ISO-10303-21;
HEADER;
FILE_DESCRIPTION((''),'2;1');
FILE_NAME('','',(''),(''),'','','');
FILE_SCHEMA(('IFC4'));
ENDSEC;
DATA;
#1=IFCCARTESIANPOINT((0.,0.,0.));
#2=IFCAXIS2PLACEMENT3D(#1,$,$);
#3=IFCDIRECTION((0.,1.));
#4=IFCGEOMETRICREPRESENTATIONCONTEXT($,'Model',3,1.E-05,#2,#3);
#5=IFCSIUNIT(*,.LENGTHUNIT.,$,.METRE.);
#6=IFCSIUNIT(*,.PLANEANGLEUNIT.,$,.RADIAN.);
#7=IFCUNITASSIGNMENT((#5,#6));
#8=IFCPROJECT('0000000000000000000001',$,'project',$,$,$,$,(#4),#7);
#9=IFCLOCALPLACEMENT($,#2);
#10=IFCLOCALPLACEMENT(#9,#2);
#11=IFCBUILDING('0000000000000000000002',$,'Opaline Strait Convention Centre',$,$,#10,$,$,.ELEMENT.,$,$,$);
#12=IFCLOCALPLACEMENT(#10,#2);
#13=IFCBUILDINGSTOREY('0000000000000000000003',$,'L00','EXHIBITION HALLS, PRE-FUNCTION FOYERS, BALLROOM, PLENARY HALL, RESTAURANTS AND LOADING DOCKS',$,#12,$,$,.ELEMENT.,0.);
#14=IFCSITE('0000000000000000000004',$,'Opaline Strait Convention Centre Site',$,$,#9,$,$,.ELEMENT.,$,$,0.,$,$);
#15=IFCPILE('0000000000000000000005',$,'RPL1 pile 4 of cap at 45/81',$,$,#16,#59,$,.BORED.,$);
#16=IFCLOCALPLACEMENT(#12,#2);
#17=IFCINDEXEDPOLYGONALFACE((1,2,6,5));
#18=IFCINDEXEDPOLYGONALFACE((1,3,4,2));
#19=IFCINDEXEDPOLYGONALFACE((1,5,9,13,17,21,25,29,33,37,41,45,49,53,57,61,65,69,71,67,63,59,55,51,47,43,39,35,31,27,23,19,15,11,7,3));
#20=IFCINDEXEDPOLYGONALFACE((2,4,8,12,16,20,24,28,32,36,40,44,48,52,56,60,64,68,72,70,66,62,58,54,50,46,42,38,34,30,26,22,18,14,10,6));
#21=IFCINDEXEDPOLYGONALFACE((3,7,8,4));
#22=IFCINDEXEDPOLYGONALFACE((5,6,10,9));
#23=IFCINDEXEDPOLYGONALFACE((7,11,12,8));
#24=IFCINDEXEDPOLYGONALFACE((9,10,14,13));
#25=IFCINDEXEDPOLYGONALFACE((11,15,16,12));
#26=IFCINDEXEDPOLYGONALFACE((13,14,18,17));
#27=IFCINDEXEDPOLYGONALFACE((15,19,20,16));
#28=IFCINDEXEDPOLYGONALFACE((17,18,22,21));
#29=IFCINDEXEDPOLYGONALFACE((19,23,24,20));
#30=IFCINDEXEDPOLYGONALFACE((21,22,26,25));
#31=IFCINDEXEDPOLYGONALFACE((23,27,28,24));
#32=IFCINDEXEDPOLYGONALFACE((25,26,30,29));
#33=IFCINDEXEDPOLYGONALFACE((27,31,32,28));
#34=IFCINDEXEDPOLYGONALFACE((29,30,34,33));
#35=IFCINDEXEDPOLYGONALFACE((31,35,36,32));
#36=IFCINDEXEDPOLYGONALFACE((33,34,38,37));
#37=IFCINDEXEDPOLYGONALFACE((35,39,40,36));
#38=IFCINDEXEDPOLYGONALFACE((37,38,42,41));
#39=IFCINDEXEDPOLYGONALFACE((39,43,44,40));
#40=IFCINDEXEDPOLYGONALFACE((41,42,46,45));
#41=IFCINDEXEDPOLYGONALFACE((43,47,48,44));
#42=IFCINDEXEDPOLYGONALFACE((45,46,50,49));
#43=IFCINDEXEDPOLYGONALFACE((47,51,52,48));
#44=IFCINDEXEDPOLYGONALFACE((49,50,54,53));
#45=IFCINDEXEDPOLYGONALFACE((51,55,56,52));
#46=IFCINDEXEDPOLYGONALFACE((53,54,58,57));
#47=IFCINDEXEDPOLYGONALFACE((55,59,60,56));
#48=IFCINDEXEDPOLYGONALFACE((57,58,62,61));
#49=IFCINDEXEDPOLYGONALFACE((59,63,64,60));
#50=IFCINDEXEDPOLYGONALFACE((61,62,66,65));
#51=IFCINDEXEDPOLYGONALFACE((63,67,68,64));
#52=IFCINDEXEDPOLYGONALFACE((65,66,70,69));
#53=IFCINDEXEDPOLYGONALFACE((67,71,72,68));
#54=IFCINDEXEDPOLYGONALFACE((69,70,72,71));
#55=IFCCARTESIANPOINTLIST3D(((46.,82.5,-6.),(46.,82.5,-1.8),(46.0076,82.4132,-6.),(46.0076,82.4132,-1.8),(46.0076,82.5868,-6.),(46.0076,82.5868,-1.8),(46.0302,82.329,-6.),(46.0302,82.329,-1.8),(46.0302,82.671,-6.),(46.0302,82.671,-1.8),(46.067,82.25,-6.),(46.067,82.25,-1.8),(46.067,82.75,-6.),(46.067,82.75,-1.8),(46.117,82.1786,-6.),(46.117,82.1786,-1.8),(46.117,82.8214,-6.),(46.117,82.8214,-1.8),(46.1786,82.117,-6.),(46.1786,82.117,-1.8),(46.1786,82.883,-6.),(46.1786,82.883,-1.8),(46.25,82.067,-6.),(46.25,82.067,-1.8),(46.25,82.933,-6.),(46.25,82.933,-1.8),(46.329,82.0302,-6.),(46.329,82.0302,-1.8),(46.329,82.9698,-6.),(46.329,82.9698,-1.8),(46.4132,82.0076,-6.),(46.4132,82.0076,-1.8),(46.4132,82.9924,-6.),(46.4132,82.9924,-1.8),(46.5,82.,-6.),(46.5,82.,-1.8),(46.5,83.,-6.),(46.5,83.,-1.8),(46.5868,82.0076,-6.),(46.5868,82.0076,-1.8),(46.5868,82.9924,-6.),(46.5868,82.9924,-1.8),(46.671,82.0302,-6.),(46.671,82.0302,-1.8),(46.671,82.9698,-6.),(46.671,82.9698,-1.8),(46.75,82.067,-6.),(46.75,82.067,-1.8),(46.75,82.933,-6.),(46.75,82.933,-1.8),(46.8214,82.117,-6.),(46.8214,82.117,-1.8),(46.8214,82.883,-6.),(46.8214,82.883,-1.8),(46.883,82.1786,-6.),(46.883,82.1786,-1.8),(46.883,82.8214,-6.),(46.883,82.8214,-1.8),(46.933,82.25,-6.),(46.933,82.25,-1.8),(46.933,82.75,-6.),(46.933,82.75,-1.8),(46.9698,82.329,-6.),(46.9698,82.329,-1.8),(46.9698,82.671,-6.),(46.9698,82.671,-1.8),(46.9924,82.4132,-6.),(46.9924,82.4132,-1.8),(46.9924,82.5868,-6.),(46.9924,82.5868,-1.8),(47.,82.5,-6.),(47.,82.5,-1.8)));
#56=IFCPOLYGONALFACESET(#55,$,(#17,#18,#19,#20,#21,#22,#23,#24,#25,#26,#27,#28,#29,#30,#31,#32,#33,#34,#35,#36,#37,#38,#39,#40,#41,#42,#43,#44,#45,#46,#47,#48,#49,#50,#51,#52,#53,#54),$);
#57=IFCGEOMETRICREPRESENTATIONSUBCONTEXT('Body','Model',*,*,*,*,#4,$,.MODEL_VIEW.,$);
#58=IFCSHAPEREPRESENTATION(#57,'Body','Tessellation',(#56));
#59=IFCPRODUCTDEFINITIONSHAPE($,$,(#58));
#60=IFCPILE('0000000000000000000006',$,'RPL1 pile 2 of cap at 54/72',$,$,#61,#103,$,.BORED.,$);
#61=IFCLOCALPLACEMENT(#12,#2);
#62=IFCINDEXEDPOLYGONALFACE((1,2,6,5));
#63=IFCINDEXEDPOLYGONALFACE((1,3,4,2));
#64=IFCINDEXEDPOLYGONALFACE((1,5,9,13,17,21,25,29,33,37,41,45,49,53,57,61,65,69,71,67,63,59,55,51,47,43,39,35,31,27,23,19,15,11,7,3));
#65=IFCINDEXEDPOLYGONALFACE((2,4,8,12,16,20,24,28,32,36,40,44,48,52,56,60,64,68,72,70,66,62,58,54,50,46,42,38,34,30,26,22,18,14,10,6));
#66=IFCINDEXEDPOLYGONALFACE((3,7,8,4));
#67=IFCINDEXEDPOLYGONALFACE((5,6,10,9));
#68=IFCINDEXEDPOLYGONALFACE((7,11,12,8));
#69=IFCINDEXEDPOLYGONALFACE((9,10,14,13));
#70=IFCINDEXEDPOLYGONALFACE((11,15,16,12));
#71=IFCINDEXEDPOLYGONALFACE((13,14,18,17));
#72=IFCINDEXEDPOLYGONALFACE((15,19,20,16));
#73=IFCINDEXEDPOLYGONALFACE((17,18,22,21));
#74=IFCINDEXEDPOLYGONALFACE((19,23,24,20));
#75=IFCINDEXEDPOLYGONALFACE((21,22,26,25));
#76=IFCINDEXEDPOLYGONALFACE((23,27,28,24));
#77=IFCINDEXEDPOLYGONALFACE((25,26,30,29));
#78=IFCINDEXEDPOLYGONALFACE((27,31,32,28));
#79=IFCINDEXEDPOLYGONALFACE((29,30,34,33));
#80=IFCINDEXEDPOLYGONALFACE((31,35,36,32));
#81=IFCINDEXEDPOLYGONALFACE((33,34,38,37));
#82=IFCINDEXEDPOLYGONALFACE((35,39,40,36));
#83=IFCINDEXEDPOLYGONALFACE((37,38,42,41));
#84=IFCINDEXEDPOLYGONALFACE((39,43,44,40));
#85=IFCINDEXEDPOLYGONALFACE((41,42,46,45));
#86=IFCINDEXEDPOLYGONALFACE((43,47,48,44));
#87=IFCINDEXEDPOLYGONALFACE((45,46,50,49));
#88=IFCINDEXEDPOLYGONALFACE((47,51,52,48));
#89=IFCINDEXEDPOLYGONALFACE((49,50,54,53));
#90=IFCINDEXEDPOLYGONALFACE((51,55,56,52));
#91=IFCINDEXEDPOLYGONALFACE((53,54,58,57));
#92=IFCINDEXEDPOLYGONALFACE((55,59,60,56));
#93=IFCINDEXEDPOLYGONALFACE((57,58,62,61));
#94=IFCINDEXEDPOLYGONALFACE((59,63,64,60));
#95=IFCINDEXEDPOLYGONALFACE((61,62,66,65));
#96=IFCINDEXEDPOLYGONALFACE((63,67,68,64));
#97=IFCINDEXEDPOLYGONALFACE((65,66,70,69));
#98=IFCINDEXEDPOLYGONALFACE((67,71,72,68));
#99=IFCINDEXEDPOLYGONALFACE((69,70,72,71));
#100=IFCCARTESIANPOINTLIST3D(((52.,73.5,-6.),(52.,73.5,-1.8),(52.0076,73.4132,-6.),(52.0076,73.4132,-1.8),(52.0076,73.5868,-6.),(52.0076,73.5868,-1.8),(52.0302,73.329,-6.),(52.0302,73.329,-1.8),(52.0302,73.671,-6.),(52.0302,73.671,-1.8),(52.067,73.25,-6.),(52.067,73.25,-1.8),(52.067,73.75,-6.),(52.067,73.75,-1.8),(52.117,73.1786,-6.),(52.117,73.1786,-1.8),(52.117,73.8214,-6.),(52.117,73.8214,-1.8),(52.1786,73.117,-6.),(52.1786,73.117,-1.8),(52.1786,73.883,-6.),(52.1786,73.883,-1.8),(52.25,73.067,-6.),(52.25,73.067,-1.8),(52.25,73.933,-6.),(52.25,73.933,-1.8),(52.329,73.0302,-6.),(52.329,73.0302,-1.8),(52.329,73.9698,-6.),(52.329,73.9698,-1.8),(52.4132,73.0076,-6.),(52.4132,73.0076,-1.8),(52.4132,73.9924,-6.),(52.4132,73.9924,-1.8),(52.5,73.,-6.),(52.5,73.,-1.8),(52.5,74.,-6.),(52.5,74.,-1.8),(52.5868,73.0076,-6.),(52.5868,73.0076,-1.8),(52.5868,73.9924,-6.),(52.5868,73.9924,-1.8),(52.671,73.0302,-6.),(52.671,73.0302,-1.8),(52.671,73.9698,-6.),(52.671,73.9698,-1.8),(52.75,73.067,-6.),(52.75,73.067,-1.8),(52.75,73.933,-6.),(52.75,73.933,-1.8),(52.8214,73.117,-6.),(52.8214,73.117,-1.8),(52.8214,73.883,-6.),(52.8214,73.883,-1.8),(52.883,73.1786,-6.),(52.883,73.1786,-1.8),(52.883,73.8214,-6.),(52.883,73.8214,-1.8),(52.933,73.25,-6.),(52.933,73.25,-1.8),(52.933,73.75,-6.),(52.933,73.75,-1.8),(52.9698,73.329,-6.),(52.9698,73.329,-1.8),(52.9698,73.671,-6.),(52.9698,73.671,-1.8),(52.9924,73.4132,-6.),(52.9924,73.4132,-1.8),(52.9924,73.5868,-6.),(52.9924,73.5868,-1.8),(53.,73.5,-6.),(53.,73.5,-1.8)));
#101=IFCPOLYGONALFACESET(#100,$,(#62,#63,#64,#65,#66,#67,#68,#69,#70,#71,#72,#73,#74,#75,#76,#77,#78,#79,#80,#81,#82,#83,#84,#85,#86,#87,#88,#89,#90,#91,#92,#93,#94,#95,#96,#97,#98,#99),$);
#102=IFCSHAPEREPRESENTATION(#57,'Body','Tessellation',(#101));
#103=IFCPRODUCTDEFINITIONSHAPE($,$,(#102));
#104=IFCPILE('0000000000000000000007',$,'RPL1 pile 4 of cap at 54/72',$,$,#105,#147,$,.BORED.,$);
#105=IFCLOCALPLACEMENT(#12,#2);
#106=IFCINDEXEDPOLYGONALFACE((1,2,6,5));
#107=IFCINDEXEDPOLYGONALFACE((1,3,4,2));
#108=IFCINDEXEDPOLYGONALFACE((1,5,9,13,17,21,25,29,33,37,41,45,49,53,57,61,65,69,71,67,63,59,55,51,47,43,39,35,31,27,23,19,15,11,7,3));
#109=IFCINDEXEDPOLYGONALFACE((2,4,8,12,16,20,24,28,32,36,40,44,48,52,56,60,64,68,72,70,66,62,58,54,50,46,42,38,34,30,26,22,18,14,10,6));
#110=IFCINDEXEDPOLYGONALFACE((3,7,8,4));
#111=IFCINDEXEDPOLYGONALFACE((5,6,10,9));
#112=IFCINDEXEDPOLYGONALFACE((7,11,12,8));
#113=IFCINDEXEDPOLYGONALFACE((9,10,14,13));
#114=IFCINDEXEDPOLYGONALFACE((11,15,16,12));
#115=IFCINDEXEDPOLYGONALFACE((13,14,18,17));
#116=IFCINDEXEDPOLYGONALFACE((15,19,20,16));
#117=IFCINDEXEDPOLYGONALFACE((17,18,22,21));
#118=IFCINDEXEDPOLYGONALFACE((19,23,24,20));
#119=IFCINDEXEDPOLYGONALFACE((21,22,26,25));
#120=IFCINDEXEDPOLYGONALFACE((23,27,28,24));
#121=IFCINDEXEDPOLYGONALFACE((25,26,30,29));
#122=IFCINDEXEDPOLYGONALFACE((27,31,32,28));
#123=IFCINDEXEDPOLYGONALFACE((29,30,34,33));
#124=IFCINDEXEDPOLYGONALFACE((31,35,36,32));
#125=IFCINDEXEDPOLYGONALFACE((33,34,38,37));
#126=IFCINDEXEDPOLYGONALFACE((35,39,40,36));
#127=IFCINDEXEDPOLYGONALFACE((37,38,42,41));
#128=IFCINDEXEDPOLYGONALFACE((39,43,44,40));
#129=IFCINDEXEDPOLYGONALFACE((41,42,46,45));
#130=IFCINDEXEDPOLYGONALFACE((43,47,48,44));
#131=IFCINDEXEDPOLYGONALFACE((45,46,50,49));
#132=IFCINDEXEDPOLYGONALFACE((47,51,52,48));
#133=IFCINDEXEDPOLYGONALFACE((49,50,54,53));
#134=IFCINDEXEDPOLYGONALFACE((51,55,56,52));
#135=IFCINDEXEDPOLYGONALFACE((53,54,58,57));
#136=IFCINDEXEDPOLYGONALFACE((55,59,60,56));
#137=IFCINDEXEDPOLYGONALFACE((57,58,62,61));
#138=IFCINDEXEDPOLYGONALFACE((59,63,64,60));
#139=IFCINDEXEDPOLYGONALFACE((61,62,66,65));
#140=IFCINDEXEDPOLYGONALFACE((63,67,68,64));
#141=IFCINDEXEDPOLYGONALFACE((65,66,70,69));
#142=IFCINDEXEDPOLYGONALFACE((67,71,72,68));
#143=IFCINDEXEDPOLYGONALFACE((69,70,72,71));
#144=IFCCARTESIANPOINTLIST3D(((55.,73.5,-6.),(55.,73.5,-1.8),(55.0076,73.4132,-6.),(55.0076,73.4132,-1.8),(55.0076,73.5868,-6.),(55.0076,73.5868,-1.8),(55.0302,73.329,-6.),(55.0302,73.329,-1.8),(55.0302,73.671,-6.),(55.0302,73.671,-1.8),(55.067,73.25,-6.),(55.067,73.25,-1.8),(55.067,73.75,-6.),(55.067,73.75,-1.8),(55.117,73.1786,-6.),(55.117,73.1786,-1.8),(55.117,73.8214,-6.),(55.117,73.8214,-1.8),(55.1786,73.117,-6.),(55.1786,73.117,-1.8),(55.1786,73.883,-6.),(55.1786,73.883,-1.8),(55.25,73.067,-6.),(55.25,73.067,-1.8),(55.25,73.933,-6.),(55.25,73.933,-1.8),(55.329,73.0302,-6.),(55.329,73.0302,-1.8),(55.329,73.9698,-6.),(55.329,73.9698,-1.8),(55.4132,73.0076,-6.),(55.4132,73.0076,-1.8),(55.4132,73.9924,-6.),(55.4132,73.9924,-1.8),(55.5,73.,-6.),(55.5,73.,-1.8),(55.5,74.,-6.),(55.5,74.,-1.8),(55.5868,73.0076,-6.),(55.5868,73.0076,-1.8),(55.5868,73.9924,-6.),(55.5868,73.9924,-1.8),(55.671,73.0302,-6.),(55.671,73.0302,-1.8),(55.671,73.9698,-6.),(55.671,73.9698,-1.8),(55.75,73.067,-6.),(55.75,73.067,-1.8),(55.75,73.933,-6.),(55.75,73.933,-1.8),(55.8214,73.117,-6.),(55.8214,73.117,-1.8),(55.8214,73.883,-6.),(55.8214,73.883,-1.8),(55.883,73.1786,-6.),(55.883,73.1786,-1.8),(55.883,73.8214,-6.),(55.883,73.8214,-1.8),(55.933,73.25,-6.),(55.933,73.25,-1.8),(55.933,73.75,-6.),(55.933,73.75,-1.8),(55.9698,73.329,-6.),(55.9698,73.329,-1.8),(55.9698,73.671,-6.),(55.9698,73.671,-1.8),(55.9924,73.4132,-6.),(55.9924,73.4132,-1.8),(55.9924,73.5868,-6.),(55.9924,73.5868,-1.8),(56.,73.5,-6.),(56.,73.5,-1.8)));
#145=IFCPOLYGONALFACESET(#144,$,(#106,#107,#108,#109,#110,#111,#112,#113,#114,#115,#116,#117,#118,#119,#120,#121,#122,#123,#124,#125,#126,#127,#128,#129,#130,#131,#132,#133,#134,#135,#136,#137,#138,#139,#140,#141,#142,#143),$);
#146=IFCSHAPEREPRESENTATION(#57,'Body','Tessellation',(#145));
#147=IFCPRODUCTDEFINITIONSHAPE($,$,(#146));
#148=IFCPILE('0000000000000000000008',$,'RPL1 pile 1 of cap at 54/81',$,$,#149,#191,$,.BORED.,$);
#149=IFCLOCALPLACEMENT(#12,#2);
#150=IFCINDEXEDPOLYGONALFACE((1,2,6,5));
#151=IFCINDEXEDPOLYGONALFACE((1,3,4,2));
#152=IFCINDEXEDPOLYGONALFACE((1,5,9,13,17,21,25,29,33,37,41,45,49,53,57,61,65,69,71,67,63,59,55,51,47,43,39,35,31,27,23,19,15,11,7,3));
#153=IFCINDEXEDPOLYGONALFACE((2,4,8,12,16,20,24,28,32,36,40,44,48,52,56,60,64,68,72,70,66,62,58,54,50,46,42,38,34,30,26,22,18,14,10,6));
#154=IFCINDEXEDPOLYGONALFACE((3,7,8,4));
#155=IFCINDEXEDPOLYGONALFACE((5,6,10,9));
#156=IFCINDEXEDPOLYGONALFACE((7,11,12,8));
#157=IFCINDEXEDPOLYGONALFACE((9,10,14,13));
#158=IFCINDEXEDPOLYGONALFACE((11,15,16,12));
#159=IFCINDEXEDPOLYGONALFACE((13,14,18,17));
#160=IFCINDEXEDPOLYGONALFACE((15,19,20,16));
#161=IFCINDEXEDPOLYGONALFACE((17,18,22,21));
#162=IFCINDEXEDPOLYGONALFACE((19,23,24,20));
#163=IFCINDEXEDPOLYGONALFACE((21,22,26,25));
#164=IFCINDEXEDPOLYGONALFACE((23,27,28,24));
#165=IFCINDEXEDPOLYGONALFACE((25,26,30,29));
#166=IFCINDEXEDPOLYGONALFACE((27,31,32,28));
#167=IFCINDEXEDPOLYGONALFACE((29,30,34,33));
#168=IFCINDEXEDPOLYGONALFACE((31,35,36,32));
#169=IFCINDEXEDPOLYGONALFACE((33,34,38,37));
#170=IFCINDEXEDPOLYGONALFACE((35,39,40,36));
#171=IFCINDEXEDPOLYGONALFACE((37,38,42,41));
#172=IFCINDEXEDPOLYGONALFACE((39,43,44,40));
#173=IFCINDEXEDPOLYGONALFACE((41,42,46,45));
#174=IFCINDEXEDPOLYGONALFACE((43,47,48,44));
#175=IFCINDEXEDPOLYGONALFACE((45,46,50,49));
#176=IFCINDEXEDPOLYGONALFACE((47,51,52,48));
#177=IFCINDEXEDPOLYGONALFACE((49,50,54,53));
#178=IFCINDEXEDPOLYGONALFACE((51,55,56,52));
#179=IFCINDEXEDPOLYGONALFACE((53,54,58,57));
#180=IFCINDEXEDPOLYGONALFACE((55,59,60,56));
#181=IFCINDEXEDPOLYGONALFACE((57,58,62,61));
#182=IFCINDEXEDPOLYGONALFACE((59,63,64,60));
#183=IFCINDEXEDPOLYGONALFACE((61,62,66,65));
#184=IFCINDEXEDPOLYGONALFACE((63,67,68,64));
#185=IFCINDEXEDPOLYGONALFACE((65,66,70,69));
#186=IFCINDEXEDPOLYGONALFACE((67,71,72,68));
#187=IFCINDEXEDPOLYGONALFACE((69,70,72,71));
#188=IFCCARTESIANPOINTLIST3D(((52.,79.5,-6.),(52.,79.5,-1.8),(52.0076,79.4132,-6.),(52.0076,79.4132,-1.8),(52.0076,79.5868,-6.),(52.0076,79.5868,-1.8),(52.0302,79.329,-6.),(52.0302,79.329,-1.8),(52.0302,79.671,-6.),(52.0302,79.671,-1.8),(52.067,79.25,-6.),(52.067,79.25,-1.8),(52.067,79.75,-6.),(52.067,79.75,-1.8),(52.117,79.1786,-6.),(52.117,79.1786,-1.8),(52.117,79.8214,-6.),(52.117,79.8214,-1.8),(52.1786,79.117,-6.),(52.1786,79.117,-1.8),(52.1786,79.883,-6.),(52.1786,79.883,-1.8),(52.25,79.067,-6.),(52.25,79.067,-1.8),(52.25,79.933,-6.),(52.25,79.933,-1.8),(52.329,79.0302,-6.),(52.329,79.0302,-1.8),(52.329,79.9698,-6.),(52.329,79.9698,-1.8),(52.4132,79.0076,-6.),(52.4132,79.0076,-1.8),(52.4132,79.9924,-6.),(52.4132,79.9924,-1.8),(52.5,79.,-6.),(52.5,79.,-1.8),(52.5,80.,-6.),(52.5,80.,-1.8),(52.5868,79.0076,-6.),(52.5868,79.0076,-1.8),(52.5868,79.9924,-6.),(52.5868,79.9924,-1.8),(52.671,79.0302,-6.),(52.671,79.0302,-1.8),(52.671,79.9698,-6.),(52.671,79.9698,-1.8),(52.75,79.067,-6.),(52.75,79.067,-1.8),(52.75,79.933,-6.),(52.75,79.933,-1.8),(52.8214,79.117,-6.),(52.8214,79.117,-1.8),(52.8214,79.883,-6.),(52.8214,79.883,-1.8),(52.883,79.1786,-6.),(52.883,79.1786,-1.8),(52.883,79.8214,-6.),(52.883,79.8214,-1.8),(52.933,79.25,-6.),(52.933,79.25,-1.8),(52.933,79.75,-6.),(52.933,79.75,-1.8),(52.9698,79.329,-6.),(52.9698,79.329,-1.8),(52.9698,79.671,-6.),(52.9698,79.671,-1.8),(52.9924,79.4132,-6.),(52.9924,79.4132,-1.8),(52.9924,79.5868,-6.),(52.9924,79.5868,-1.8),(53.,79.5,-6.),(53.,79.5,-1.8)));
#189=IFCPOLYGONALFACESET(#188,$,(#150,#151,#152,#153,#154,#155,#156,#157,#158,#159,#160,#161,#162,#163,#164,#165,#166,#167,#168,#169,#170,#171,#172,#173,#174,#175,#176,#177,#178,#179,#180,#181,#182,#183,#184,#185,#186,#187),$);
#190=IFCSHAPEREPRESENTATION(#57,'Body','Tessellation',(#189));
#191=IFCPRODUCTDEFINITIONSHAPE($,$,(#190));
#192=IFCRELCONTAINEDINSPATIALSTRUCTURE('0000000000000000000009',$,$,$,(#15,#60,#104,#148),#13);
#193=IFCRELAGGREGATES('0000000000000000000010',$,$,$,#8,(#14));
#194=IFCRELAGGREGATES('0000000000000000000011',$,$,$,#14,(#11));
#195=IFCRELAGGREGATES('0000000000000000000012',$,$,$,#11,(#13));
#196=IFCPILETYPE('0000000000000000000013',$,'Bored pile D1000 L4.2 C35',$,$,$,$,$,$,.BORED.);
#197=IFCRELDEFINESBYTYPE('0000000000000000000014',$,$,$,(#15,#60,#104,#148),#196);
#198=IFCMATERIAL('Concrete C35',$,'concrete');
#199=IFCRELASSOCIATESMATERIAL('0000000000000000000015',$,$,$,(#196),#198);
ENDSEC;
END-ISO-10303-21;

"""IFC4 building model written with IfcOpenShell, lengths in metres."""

from ifc_helpers import new_model, si_unit, direction, frame, origin, origin_2d, place, context, subcontext, project, spatial, circle, extrude, material, material_profile, profile_set, type_object, element, save


model = new_model("IFC4")

# Units and contexts
model_context = context("Model", 3, precision=1e-05, world=origin(), true_north=direction((0.0, 1.0)))
body_context = subcontext(model_context, "Body", "Model", "MODEL_VIEW")
ifc_project = project(units=[si_unit("LENGTHUNIT", "METRE"), si_unit("PLANEANGLEUNIT", "RADIAN")], contexts=[model_context])

# Site, building, storey
site_placement = place(None, origin())
site = spatial("IfcSite", under=ifc_project, at=site_placement, Name="Opaline Strait Convention Centre Site", CompositionType="ELEMENT", RefElevation=0.0)
building_placement = place(site_placement, origin())
building = spatial("IfcBuilding", under=site, at=building_placement, Name="Opaline Strait Convention Centre", CompositionType="ELEMENT")
storey_placement = place(building_placement, origin())
storey = spatial("IfcBuildingStorey", under=building, at=storey_placement, Name="L00", Description="EXHIBITION HALLS, PRE-FUNCTION FOYERS, BALLROOM, PLENARY HALL, RESTAURANTS AND LOADING DOCKS", CompositionType="ELEMENT", Elevation=0.0)

# Piles
ifc_material_1 = material(Name="Concrete C35", Category="concrete")
ifc_material_profile_1 = material_profile(ifc_material_1, circle(Radius=0.5, at=origin_2d()), Name="D1000")
ifc_profile_set_1 = profile_set([ifc_material_profile_1], Name="Concrete C35")
pile_type = type_object("IfcPileType", Name="Bored pile D1000 L4.2 C35", PredefinedType="BORED", material=ifc_profile_set_1)
for number, where, z_axis, x_axis, name in (
    (1, (46.5, 82.5, -1.8), (0.0, 0.0, -1.0), (1.0, 0.0, 0.0), "RPL1 pile 4 of cap at 45/81"),
    (2, (52.5, 73.5, -1.8), (0.0, 0.0, -1.0), (1.0, 0.0, 0.0), "RPL1 pile 2 of cap at 54/72"),
    (3, (55.5, 73.5, -1.8), (0.0, 0.0, -1.0), (1.0, 0.0, 0.0), "RPL1 pile 4 of cap at 54/72"),
    (4, (52.5, 79.5, -1.8), (0.0, 0.0, -1.0), (1.0, 0.0, 0.0), "RPL1 pile 1 of cap at 54/81"),
):
    element("IfcPile", number, at=place(storey_placement, frame(where, z_axis=z_axis, x_axis=x_axis)), inside=storey, type_object=pile_type, Name=name, PredefinedType="BORED", context=body_context, shape_type="SweptSolid", body=[
        extrude(circle(Radius=0.5, at=origin_2d()), origin(), (0.0, 0.0, 1.0), 4.2),
    ])

save(model, "model.ifc")
